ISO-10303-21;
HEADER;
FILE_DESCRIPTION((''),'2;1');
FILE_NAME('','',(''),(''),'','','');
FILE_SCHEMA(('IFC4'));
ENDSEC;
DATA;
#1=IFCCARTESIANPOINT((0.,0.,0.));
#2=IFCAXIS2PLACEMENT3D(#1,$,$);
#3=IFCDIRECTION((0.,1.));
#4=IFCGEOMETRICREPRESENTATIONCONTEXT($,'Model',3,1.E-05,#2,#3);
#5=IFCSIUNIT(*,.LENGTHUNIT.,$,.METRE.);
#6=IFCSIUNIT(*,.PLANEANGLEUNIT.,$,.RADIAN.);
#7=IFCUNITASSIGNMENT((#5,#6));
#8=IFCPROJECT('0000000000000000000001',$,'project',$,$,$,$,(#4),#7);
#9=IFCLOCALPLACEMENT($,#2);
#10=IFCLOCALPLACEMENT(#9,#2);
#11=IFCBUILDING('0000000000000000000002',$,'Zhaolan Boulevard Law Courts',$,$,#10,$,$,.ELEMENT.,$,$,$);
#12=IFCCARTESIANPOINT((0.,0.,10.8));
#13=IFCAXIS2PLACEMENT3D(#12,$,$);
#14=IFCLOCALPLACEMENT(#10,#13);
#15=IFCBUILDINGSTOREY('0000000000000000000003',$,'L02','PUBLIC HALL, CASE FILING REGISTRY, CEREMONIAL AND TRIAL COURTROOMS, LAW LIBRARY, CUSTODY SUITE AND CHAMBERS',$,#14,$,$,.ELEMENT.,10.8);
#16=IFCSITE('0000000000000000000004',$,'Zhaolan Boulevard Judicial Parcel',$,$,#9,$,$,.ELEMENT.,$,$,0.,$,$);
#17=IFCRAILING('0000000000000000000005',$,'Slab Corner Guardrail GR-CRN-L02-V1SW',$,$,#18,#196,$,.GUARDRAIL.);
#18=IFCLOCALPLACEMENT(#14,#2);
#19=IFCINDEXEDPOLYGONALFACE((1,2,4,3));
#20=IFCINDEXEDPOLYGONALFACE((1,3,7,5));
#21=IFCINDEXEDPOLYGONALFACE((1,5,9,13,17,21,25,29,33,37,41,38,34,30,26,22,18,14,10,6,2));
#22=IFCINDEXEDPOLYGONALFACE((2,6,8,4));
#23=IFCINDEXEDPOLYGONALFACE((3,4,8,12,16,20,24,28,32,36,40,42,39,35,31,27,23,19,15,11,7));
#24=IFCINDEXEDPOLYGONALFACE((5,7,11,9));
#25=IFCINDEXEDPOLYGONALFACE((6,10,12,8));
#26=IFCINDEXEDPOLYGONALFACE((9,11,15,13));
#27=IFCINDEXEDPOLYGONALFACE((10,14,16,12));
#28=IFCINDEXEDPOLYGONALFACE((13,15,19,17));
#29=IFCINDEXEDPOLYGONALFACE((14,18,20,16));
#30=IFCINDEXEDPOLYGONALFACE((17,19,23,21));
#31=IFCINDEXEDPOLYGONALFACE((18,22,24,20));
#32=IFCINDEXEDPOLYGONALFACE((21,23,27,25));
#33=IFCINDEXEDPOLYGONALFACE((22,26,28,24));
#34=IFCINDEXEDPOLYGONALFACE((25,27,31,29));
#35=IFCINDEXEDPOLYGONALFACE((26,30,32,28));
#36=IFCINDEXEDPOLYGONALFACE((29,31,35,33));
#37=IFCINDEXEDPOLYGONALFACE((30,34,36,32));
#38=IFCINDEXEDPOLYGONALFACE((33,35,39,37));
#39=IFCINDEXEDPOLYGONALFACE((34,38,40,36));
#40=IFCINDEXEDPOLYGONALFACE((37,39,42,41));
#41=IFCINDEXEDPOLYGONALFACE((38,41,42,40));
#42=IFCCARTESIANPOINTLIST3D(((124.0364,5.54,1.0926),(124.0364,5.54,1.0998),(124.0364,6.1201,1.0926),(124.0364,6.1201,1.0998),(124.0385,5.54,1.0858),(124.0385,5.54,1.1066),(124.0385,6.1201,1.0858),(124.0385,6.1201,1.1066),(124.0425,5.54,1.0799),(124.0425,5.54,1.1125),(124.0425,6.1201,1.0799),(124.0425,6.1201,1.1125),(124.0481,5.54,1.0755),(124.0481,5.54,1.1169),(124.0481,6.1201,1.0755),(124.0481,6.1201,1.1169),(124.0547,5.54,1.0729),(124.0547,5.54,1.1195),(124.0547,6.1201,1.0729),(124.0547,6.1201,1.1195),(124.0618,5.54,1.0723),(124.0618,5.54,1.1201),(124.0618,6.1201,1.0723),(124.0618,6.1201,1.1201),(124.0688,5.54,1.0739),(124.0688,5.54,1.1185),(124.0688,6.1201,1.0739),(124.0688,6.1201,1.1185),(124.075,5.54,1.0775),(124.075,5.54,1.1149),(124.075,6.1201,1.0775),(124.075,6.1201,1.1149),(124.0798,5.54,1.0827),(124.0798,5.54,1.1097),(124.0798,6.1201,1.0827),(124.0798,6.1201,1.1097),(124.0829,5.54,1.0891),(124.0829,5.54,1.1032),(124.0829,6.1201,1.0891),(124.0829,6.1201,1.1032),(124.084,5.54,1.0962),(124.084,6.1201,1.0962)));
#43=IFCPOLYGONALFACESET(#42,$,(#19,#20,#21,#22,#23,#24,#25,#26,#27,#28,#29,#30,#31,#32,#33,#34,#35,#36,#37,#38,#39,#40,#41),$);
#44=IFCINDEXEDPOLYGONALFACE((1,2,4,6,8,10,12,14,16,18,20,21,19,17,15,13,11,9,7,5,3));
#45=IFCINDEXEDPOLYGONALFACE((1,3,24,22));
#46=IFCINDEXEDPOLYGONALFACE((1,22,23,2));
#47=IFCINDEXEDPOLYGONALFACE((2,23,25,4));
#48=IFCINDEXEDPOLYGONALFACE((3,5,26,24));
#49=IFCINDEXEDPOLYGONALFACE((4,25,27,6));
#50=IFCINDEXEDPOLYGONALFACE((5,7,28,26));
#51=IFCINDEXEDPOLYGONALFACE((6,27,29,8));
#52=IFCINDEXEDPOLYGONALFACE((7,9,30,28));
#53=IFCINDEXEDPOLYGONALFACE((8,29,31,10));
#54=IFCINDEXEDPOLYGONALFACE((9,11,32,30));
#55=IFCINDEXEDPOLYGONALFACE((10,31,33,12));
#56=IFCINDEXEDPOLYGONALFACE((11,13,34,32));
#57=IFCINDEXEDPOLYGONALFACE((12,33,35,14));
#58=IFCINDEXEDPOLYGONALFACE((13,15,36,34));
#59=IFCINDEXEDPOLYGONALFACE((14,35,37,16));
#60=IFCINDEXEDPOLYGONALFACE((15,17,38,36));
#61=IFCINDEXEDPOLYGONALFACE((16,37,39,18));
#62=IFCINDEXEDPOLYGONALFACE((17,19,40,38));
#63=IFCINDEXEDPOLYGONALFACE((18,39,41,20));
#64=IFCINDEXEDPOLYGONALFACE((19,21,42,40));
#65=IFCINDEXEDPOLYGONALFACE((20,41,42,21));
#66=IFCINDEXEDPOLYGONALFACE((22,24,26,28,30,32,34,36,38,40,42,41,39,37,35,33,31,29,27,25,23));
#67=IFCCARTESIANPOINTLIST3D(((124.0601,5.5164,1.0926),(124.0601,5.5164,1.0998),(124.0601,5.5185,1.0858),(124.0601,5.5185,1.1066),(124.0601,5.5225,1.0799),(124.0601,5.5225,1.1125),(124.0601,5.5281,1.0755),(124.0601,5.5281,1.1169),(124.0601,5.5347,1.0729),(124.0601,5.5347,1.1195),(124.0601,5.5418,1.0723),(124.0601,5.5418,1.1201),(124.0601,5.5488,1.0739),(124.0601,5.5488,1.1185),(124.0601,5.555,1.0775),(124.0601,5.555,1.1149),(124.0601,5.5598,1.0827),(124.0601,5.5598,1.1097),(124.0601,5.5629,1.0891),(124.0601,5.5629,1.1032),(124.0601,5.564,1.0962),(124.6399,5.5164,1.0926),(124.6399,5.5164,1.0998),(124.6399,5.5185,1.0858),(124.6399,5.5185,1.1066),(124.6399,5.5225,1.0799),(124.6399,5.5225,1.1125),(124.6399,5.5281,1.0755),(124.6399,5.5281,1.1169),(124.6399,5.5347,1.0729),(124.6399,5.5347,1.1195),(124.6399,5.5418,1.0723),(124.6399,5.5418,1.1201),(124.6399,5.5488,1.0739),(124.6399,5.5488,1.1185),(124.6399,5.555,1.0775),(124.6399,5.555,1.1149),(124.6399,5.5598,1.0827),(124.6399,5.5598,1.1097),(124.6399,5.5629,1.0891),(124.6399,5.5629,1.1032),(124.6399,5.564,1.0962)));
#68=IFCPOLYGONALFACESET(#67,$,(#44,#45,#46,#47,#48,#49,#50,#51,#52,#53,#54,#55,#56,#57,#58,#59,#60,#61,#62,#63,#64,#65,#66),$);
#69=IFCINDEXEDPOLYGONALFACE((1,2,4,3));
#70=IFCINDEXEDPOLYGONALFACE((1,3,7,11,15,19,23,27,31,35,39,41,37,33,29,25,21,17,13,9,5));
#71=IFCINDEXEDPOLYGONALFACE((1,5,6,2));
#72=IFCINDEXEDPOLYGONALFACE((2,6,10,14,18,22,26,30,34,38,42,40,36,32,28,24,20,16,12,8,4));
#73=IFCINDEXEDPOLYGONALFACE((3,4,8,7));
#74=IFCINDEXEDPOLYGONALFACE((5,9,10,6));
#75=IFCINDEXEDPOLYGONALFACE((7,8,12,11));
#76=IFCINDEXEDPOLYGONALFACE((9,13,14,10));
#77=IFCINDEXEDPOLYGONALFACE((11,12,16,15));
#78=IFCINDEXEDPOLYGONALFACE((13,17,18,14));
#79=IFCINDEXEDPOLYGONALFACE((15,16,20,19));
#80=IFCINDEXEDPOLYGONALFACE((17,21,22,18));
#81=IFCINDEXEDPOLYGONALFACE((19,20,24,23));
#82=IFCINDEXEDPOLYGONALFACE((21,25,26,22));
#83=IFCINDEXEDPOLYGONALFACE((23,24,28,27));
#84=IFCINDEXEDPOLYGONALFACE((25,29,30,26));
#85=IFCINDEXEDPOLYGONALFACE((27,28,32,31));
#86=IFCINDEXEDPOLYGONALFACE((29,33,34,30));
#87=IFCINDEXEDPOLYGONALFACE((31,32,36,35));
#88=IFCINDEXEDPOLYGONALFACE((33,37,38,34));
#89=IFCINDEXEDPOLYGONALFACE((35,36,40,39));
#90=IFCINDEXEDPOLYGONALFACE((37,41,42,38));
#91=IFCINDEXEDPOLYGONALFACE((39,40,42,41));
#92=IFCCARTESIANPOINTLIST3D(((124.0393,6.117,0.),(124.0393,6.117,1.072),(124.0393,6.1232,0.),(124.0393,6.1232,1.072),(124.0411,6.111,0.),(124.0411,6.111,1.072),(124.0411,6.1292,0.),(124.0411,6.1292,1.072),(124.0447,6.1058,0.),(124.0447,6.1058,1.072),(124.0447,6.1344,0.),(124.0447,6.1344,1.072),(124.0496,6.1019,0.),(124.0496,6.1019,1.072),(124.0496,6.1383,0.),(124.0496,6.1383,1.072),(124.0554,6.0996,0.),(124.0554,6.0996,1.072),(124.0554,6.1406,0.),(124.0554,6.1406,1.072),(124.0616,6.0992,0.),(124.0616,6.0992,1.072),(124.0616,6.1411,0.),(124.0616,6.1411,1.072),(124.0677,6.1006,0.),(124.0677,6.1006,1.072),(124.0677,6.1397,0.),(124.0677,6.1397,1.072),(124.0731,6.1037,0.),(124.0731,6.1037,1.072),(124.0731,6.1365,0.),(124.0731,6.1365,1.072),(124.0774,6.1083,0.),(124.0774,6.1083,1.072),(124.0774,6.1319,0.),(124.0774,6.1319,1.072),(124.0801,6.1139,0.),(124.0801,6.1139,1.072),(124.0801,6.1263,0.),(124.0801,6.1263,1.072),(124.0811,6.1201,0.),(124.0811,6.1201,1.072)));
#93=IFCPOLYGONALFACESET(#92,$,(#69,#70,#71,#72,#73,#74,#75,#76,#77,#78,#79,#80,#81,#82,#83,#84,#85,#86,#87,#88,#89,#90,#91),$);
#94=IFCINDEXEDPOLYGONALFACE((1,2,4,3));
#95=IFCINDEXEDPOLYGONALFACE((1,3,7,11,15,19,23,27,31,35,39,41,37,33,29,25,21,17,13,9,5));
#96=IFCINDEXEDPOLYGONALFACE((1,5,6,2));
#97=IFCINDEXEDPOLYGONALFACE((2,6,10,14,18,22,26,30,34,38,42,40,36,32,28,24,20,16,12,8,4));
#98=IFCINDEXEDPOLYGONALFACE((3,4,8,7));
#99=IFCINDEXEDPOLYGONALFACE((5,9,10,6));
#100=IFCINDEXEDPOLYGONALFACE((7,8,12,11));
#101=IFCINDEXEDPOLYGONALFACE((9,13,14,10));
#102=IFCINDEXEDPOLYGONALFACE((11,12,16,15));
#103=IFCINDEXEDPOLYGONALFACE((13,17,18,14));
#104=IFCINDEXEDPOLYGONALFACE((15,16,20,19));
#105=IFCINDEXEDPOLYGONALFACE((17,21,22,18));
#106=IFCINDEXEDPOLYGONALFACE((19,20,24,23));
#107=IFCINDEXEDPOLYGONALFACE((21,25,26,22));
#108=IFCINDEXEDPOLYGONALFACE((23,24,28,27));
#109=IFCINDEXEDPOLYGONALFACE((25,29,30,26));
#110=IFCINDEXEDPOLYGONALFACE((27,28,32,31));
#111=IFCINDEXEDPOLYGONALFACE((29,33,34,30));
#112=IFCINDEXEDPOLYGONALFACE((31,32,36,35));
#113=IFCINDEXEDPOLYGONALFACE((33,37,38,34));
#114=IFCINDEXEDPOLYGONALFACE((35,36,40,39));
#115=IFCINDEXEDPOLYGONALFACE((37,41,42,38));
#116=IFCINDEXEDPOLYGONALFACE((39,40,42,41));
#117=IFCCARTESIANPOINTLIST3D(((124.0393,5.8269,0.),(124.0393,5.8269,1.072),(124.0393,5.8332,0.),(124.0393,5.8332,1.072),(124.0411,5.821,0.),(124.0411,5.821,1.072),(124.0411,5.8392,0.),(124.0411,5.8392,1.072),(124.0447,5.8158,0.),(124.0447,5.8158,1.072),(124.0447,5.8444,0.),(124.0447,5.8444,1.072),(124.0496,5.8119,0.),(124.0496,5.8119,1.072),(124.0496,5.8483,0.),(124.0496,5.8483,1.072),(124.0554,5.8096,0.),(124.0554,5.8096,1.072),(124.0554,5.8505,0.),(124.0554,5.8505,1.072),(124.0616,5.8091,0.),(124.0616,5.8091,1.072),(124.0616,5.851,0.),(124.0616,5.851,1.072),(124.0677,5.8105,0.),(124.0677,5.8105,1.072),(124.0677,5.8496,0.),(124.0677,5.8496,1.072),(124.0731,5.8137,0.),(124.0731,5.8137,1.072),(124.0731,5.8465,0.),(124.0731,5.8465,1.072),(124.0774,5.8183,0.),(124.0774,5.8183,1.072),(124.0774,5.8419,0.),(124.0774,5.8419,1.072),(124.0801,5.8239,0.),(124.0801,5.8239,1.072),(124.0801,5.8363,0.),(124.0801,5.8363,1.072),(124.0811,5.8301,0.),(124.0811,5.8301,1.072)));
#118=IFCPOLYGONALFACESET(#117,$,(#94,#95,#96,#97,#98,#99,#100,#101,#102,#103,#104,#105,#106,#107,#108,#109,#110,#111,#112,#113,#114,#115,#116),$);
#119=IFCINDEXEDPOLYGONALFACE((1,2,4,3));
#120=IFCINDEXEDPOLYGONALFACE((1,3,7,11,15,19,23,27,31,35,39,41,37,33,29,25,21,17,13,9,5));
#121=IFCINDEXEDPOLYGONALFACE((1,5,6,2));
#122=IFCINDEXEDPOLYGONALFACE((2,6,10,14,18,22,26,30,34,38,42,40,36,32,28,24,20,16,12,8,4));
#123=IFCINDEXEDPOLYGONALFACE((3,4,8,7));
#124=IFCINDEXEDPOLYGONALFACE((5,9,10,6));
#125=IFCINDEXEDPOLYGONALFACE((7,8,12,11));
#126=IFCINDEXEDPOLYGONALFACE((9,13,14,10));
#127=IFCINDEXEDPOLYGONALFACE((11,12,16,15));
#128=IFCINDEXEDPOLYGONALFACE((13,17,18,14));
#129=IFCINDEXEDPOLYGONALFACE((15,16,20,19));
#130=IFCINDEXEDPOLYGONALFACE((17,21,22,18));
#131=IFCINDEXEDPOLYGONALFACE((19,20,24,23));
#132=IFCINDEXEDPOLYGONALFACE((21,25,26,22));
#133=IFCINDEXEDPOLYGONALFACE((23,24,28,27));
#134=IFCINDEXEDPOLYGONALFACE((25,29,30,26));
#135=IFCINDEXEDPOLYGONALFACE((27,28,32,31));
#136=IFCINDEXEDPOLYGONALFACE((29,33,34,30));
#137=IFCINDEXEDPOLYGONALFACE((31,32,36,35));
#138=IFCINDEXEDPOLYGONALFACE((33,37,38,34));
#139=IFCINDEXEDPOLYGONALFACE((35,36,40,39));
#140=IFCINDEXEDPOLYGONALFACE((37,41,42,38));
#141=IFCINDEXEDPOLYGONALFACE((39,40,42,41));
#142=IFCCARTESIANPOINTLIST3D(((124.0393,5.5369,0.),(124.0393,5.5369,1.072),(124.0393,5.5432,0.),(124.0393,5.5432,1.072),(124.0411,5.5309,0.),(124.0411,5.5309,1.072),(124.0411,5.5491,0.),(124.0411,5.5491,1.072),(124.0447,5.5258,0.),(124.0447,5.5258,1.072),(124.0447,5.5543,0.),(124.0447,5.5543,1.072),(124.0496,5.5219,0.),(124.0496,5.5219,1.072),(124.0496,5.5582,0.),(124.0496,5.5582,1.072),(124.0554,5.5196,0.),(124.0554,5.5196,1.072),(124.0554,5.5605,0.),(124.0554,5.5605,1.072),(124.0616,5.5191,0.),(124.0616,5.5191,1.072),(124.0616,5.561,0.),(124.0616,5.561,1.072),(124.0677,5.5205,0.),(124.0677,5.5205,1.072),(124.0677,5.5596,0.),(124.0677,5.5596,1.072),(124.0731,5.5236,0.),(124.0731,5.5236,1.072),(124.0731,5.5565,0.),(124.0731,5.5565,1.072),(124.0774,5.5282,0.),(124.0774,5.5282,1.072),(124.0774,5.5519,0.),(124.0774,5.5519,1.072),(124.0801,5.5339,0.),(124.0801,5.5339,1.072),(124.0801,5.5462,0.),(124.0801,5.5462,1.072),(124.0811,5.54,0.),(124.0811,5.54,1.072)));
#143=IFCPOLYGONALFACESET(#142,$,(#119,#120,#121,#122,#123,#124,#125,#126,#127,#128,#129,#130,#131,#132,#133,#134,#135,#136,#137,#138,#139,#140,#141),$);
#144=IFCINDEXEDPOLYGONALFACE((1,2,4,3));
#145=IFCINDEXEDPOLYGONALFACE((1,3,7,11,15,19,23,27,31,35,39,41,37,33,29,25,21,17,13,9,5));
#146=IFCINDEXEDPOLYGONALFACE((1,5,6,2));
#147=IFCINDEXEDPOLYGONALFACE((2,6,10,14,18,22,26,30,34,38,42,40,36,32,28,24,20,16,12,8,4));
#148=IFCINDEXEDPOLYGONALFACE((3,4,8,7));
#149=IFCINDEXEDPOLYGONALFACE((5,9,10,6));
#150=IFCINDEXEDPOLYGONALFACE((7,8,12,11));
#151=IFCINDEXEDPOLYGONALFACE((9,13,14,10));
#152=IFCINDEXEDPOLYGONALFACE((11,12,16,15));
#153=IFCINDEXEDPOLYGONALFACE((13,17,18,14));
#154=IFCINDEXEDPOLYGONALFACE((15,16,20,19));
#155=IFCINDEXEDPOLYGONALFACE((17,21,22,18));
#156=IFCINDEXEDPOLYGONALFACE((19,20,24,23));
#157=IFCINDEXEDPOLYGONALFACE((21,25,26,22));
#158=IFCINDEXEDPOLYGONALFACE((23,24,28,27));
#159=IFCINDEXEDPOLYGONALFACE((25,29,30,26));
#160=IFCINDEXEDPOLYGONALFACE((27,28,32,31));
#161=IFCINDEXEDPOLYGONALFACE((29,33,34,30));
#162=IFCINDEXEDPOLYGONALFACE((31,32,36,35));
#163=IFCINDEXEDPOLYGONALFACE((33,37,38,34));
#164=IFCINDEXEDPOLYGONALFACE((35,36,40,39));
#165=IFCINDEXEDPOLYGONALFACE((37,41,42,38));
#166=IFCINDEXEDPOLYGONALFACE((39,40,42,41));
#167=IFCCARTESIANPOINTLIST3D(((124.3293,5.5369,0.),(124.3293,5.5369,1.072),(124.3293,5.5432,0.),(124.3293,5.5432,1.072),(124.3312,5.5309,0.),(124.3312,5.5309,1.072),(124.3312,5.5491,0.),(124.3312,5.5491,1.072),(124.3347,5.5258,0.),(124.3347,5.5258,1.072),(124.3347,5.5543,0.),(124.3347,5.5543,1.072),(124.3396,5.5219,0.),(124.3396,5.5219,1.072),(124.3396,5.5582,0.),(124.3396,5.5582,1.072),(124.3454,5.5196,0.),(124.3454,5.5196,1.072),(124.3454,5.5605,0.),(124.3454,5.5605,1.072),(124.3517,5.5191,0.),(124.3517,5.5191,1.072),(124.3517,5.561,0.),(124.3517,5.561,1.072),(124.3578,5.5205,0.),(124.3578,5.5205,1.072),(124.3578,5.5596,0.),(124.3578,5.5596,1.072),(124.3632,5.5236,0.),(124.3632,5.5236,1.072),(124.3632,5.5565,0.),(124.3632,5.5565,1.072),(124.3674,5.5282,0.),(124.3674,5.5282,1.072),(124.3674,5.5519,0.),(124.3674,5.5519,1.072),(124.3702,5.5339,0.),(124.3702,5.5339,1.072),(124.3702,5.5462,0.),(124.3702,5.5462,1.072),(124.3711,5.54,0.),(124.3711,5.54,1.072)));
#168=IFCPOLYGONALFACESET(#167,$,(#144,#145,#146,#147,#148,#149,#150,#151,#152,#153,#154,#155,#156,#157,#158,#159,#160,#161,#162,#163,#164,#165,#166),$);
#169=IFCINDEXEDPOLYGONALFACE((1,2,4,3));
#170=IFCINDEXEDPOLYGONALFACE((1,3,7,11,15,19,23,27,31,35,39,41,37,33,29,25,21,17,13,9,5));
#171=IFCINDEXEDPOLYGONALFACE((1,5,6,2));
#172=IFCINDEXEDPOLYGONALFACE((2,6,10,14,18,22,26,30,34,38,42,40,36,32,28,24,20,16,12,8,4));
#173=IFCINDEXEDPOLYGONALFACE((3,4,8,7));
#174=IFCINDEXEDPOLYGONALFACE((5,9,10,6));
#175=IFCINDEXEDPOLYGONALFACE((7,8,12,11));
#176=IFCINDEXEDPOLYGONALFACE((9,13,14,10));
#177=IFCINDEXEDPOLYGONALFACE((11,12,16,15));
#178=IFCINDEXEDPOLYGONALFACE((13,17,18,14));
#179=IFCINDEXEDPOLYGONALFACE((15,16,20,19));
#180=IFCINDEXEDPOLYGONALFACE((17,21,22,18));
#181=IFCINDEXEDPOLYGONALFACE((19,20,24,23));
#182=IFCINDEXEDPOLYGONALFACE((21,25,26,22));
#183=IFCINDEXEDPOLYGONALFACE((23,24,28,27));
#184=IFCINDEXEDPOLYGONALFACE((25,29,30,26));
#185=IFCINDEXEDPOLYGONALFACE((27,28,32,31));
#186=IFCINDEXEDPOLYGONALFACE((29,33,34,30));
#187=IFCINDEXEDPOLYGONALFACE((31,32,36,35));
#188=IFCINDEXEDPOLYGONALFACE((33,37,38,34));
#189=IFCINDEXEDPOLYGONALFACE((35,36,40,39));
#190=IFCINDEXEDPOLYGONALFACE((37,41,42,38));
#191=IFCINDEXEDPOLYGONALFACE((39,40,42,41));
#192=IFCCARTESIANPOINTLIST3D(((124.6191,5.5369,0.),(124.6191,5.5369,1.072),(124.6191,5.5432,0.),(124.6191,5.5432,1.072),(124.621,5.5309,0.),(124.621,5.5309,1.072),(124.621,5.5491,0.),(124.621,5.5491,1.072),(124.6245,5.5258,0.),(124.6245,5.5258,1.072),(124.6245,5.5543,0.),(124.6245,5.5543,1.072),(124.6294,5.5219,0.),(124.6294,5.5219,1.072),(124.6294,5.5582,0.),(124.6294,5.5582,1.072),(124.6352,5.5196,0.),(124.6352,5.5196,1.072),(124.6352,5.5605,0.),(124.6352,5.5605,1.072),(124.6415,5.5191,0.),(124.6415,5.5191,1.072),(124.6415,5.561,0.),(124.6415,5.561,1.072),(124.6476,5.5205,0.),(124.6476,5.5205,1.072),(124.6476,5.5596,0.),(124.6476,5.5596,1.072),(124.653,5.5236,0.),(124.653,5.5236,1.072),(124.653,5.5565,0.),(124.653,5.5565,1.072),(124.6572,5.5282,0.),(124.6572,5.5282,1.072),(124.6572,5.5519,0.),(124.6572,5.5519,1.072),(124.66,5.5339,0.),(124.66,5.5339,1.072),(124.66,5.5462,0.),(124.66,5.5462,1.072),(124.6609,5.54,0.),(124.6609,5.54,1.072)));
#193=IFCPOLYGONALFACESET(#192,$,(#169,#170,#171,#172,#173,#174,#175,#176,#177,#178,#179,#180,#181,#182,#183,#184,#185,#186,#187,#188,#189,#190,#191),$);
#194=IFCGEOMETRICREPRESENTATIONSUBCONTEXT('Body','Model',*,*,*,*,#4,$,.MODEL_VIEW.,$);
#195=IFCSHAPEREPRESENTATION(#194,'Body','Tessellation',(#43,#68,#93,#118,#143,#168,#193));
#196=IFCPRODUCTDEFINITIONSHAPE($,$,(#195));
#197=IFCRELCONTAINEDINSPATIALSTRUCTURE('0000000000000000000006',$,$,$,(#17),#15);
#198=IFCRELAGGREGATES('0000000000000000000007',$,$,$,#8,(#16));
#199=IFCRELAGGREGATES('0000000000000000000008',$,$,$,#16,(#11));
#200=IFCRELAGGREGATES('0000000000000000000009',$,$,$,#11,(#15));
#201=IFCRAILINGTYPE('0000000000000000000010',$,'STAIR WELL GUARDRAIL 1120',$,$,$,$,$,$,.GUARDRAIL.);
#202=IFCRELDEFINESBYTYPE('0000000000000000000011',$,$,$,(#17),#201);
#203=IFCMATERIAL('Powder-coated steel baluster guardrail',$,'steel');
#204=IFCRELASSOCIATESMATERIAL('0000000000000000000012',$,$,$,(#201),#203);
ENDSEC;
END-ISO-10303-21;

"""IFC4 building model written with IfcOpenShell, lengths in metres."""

from ifc_helpers import new_model, si_unit, direction, frame, origin, origin_2d, place, context, subcontext, project, spatial, circle, extrude, material, type_object, element, save


model = new_model("IFC4")

# Units and contexts
model_context = context("Model", 3, precision=1e-05, world=origin(), true_north=direction((0.0, 1.0)))
body_context = subcontext(model_context, "Body", "Model", "MODEL_VIEW")
ifc_project = project(units=[si_unit("LENGTHUNIT", "METRE"), si_unit("PLANEANGLEUNIT", "RADIAN")], contexts=[model_context])

# Site, building, storey
site_placement = place(None, origin())
site = spatial("IfcSite", under=ifc_project, at=site_placement, Name="Zhaolan Boulevard Judicial Parcel", CompositionType="ELEMENT", RefElevation=0.0)
building_placement = place(site_placement, origin())
building = spatial("IfcBuilding", under=site, at=building_placement, Name="Zhaolan Boulevard Law Courts", CompositionType="ELEMENT")
storey_placement = place(building_placement, frame((0.0, 0.0, 10.8)))
storey = spatial("IfcBuildingStorey", under=building, at=storey_placement, Name="L02", Description="PUBLIC HALL, CASE FILING REGISTRY, CEREMONIAL AND TRIAL COURTROOMS, LAW LIBRARY, CUSTODY SUITE AND CHAMBERS", CompositionType="ELEMENT", Elevation=10.8)

# Railing
ifc_material_1 = material(Name="Powder-coated steel baluster guardrail", Category="steel")
railing_type = type_object("IfcRailingType", Name="STAIR WELL GUARDRAIL 1120", PredefinedType="GUARDRAIL", material=ifc_material_1)
railing_placement = place(storey_placement, frame((124.0601, 6.1201, 0.0)))
element("IfcRailing", 1, at=railing_placement, inside=storey, type_object=railing_type, Name="Slab Corner Guardrail GR-CRN-L02-V1SW", PredefinedType="GUARDRAIL", context=body_context, shape_type="SweptSolid", body=[
    extrude(circle(Radius=0.0239, at=origin_2d()), frame((0.0, 0.0, 1.0962), z_axis=(0.0, -1.0, 0.0), x_axis=(1.0, 0.0, 0.0)), (0.0, 0.0, 1.0), 0.5801),
    extrude(circle(Radius=0.0239, at=origin_2d()), frame((0.0, -0.5801, 1.0962), z_axis=(1.0, 0.0, 0.0), x_axis=(0.0, 1.0, 0.0)), (0.0, 0.0, 1.0), 0.5798),
    extrude(circle(Radius=0.021, at=origin_2d()), origin(), (0.0, 0.0, 1.0), 1.072),
    extrude(circle(Radius=0.021, at=origin_2d()), frame((0.0, -0.29, 0.0)), (0.0, 0.0, 1.0), 1.072),
    extrude(circle(Radius=0.021, at=origin_2d()), frame((0.0, -0.5801, 0.0)), (0.0, 0.0, 1.0), 1.072),
    extrude(circle(Radius=0.021, at=origin_2d()), frame((0.29, -0.5801, 0.0)), (0.0, 0.0, 1.0), 1.072),
    extrude(circle(Radius=0.021, at=origin_2d()), frame((0.5798, -0.5801, 0.0)), (0.0, 0.0, 1.0), 1.072),
])

save(model, "model.ifc")
